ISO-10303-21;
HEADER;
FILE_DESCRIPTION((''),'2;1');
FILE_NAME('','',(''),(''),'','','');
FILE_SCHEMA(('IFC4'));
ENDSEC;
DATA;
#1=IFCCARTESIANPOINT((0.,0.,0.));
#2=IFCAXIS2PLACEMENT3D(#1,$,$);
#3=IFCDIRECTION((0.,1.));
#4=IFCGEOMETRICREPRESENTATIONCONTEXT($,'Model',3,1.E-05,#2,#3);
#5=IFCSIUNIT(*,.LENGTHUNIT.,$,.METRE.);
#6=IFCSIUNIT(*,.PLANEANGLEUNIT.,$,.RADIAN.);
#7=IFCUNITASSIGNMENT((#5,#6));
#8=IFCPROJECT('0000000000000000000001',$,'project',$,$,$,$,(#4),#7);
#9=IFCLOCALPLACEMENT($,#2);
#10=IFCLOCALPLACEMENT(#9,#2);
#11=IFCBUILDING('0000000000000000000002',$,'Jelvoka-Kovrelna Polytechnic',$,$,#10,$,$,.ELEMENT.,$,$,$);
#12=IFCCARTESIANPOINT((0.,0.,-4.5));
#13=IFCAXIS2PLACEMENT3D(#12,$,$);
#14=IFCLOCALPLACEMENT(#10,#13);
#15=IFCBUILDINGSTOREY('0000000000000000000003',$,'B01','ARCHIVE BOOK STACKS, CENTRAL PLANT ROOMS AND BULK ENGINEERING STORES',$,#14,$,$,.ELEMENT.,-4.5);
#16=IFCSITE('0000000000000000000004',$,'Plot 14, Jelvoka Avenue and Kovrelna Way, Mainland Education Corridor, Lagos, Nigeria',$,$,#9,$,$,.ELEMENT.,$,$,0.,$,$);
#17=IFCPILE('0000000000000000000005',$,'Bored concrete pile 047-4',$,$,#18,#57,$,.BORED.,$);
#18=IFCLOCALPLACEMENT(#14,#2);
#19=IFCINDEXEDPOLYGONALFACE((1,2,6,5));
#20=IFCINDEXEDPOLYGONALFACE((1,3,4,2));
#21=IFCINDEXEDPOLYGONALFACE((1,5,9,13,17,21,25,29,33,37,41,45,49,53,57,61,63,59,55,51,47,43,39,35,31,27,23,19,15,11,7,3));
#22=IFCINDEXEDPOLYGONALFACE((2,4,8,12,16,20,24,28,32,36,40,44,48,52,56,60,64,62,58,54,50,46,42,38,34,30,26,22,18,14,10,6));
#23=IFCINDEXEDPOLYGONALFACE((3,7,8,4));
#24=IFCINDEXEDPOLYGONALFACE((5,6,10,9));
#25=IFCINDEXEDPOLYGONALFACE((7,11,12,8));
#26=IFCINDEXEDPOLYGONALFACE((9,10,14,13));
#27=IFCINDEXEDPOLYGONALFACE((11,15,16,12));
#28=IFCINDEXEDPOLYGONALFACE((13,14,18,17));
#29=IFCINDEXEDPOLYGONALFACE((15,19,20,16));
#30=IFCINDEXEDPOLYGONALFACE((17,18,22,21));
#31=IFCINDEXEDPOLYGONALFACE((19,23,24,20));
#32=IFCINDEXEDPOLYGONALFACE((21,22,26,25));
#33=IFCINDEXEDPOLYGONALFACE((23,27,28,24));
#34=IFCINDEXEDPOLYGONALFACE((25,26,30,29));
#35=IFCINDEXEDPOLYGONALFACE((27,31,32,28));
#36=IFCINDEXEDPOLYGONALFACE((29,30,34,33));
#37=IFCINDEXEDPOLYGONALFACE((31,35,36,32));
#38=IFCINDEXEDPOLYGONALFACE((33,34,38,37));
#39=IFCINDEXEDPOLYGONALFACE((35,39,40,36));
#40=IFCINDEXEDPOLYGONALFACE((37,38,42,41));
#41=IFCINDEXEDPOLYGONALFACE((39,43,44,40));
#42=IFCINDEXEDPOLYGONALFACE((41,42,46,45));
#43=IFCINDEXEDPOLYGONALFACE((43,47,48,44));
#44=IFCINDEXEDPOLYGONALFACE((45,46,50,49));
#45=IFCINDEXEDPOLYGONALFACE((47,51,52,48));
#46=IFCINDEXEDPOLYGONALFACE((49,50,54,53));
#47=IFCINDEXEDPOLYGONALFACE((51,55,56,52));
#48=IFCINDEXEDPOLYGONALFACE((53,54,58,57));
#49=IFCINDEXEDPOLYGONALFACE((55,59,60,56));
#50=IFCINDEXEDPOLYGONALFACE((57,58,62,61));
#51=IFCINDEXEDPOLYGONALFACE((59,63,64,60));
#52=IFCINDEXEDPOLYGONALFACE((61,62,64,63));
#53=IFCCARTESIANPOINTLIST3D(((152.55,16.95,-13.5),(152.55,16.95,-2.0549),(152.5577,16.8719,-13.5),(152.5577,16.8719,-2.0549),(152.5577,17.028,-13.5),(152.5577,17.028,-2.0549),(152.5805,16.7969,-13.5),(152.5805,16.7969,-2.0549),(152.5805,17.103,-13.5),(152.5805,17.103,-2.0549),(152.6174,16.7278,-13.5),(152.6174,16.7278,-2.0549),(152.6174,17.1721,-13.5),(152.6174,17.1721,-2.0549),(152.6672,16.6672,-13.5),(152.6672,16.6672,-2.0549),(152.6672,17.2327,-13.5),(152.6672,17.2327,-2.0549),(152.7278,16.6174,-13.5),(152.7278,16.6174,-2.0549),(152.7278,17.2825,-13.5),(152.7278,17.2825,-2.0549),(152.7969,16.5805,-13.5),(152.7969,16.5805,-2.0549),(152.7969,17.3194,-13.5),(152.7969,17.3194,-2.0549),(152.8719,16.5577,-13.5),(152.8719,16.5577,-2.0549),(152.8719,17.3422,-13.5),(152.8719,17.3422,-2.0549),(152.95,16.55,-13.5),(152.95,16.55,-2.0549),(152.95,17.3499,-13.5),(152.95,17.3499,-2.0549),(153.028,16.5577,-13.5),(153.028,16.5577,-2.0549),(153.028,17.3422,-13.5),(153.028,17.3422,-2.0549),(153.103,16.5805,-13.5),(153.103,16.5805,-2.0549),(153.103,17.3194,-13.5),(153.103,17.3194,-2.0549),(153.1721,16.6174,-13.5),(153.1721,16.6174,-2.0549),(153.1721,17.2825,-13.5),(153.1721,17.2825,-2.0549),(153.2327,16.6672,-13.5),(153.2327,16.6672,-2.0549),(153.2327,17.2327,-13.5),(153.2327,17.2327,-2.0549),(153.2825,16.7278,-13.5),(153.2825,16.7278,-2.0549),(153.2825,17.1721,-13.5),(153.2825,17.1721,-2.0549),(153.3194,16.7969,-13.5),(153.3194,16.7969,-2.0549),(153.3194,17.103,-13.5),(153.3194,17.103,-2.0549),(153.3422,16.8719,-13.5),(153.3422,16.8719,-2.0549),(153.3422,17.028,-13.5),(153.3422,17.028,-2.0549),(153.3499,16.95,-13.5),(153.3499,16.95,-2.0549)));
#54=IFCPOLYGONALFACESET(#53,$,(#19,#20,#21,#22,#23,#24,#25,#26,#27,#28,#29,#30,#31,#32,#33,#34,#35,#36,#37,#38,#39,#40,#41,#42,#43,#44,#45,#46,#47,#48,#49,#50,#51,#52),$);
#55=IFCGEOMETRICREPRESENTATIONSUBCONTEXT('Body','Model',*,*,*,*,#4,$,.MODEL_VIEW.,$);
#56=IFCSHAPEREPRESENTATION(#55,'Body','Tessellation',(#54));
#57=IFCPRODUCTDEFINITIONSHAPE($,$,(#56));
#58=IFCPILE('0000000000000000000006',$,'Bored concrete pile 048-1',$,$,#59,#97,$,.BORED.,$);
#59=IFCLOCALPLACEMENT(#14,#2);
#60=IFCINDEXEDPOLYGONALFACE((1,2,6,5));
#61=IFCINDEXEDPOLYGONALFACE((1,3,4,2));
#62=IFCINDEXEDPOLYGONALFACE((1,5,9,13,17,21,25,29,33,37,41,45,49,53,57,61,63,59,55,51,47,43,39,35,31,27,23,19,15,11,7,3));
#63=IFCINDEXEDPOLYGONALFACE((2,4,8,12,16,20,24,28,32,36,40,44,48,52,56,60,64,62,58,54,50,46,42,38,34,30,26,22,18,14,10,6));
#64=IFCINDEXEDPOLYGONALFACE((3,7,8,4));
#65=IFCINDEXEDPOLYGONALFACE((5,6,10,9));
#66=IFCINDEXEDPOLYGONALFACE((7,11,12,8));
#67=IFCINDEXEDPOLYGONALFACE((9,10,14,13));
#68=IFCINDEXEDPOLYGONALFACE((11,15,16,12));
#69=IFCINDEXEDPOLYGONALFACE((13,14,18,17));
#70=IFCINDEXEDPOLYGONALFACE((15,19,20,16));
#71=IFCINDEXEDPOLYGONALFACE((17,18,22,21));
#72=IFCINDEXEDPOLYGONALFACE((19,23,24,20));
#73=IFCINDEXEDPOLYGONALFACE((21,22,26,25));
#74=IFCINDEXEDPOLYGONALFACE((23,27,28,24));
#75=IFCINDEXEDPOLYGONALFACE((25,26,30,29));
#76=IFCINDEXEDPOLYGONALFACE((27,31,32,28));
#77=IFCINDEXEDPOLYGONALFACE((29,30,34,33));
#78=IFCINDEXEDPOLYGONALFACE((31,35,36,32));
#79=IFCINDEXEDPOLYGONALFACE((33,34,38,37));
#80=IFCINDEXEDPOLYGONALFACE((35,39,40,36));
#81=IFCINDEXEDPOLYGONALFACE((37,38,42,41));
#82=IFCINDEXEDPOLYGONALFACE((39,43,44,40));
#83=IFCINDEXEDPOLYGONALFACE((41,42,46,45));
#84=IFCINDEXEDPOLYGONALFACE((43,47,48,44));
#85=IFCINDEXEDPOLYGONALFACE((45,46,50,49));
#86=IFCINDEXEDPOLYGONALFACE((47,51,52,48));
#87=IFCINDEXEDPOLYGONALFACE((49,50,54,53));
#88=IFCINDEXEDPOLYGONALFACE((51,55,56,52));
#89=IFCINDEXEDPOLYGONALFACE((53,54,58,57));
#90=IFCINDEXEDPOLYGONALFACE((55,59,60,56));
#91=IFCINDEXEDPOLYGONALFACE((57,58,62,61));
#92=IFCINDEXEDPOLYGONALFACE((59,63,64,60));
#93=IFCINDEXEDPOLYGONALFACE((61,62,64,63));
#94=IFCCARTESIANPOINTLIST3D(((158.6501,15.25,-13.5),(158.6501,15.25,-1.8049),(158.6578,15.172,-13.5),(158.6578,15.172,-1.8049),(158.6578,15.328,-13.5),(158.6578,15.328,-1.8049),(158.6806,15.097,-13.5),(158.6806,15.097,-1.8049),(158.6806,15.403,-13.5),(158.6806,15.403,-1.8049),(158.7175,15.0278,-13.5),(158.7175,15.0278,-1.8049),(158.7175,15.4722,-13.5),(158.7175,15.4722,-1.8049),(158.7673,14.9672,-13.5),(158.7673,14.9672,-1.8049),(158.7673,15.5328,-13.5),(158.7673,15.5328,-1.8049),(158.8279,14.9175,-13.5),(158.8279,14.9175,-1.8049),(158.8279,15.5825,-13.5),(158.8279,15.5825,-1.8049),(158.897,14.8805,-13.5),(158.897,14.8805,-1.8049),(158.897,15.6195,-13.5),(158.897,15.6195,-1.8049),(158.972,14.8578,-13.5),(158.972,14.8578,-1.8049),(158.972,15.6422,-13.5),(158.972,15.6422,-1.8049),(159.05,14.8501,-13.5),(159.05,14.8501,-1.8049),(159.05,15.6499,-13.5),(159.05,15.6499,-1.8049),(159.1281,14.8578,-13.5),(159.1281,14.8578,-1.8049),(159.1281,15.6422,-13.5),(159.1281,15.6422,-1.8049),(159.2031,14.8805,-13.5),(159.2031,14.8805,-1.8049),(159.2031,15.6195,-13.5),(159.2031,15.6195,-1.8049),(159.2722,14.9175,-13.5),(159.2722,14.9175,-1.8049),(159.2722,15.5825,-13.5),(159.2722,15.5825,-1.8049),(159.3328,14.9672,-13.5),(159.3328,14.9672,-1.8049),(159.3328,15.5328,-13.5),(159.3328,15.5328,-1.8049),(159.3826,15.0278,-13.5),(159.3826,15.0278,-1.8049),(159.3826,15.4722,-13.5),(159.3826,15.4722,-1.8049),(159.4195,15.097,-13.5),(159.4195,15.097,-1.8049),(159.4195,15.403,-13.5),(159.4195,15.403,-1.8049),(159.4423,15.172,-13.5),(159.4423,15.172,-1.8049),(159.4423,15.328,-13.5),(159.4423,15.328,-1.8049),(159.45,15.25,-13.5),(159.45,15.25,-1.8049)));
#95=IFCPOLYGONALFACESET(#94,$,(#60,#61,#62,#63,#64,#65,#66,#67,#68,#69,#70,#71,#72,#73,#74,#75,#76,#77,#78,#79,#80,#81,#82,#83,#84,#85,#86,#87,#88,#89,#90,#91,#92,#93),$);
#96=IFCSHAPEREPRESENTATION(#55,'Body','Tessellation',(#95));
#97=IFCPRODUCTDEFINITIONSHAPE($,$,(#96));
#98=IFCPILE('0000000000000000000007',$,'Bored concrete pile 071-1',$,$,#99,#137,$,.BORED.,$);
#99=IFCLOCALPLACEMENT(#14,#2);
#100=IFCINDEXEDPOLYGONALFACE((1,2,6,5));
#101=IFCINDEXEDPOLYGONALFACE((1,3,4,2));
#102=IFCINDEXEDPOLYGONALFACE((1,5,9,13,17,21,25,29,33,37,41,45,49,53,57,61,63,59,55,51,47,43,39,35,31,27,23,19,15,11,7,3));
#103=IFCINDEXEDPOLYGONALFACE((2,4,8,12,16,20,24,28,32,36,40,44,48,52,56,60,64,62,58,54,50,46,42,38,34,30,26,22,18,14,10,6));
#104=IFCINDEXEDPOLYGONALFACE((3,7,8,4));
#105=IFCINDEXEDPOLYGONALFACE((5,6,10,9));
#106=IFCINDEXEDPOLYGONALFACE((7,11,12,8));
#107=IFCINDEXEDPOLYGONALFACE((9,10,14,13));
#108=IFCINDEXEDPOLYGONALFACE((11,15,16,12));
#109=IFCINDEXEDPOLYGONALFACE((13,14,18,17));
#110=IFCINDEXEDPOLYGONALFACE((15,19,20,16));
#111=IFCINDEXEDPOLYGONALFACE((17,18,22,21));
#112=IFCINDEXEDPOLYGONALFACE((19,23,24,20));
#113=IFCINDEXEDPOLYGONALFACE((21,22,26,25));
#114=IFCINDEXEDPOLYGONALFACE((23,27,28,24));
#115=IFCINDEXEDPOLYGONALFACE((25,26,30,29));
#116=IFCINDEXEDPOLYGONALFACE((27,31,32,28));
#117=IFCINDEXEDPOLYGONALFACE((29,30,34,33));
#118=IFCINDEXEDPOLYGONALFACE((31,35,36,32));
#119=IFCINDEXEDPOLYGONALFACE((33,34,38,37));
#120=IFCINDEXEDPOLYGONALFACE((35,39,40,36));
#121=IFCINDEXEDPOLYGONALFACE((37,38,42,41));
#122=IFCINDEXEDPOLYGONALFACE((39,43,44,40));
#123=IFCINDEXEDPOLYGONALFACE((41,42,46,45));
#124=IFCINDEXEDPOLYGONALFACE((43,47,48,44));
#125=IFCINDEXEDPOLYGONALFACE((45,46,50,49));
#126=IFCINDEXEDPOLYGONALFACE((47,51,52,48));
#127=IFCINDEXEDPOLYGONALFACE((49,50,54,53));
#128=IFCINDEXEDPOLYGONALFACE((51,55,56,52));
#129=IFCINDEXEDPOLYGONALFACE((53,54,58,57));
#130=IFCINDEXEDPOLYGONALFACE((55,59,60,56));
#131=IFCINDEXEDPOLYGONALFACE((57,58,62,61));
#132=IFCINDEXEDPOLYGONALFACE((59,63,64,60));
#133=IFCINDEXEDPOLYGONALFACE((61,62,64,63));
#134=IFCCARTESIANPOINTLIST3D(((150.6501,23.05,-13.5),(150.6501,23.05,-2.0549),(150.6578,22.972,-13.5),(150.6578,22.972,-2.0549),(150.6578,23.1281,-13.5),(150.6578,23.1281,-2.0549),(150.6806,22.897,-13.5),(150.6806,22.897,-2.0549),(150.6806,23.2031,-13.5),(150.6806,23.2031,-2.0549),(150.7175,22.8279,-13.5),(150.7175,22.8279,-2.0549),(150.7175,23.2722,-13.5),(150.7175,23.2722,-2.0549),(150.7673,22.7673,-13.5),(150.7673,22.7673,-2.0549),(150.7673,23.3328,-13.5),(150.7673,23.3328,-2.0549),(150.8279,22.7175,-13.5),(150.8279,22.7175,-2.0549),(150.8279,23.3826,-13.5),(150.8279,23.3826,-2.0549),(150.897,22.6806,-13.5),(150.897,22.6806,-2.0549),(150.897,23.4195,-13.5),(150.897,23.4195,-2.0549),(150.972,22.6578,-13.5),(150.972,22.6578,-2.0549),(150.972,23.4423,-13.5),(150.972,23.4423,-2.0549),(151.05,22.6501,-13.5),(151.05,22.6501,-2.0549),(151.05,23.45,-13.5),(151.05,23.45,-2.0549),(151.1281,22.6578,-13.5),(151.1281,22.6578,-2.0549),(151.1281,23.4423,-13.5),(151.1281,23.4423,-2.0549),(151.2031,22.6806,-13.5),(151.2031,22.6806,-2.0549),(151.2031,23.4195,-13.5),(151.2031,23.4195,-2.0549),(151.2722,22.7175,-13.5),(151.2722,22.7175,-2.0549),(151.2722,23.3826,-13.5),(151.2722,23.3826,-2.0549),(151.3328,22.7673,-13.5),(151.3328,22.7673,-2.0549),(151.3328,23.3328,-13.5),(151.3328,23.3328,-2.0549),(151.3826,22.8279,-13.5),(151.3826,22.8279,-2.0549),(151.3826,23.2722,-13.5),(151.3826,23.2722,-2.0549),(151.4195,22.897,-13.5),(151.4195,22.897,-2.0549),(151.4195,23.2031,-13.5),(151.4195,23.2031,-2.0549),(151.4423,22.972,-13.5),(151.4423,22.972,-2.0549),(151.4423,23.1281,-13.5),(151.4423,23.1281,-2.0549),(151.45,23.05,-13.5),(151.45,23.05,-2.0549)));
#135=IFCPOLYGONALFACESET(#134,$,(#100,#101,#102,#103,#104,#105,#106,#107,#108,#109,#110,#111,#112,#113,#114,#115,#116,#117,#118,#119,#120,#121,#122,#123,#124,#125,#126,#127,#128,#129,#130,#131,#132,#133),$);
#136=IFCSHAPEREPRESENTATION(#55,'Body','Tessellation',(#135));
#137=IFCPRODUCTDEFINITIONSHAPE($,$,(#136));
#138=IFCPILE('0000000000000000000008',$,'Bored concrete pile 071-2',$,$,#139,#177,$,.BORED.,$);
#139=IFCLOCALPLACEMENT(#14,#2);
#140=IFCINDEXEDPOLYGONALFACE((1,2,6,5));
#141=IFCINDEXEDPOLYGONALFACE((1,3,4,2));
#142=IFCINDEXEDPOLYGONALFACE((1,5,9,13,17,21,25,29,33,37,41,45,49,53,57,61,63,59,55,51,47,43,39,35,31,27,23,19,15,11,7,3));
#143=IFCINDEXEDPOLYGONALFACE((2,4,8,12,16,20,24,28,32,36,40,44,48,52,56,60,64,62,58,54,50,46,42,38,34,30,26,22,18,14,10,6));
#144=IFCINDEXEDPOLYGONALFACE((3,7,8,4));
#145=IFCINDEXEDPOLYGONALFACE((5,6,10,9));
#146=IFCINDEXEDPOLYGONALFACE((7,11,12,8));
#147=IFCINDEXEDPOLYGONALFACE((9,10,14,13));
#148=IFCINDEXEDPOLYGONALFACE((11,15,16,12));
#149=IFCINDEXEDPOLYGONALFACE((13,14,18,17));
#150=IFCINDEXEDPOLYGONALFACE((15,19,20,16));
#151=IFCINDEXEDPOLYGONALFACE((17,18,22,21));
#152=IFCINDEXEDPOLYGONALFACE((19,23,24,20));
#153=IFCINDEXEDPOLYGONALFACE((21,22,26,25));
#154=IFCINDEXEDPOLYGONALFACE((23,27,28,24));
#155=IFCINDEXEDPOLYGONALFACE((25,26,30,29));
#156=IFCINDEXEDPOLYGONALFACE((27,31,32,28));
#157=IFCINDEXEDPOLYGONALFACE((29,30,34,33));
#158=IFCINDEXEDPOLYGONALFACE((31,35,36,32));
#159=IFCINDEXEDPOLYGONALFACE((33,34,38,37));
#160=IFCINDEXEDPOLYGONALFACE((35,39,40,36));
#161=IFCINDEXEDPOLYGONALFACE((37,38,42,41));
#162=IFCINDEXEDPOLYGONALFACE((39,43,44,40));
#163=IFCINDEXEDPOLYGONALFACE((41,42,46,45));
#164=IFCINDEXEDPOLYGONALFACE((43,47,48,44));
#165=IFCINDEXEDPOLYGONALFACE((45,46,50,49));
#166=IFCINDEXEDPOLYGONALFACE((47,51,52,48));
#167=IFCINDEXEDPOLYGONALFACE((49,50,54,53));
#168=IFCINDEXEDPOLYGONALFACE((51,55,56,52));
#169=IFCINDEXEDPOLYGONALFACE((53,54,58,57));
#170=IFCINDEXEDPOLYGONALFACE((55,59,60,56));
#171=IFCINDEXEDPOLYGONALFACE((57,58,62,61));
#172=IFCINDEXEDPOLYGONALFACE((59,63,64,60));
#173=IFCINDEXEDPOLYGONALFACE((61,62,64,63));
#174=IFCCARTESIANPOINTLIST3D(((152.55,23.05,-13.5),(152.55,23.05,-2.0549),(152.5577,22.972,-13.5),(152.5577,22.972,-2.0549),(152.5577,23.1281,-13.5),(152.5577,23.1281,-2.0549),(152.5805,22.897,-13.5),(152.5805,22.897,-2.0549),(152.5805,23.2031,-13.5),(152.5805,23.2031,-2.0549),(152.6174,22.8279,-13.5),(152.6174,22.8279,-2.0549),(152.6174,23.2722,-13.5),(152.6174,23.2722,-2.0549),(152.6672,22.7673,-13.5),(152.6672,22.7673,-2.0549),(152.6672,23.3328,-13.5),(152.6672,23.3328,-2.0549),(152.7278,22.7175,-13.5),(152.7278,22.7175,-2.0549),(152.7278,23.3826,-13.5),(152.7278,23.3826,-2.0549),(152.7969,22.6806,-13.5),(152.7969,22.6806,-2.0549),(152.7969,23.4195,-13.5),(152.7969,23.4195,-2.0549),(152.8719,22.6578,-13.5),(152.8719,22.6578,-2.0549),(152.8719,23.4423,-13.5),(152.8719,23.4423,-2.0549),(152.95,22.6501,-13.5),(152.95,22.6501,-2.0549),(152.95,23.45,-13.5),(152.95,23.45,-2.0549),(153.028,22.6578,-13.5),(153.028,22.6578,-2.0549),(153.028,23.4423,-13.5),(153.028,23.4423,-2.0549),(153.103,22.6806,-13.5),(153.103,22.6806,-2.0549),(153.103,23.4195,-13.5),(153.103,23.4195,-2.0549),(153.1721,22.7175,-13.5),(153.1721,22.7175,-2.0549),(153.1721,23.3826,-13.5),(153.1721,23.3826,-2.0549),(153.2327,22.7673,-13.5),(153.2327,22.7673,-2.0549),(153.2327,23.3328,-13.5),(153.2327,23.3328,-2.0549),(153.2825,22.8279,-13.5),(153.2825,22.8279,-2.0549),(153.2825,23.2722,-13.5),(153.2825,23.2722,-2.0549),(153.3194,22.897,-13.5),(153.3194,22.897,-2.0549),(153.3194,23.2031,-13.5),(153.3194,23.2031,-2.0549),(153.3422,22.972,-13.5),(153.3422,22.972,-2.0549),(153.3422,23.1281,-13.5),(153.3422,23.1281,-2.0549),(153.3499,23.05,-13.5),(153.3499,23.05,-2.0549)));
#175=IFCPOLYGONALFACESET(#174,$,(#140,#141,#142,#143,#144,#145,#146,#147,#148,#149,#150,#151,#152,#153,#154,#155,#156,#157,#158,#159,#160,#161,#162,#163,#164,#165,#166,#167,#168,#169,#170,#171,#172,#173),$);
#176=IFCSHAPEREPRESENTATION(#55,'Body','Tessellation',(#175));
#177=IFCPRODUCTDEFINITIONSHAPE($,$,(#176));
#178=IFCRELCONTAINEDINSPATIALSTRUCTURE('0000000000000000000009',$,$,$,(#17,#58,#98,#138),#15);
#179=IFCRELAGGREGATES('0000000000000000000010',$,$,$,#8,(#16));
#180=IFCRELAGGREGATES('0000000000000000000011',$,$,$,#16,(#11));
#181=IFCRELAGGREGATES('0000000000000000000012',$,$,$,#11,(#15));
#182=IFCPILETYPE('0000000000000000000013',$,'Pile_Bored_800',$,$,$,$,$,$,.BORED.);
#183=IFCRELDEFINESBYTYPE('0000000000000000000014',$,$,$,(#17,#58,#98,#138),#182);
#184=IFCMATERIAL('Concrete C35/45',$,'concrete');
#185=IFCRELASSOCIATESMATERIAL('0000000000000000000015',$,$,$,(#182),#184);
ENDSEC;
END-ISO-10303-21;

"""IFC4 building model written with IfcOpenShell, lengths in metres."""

from ifc_helpers import new_model, si_unit, direction, frame, origin, origin_2d, place, context, subcontext, project, spatial, circle, extrude, material, material_profile, profile_set, type_object, element, save


model = new_model("IFC4")

# Units and contexts
model_context = context("Model", 3, precision=1e-05, world=origin(), true_north=direction((0.0, 1.0)))
body_context = subcontext(model_context, "Body", "Model", "MODEL_VIEW")
ifc_project = project(units=[si_unit("LENGTHUNIT", "METRE"), si_unit("PLANEANGLEUNIT", "RADIAN")], contexts=[model_context])

# Site, building, storey
site_placement = place(None, origin())
site = spatial("IfcSite", under=ifc_project, at=site_placement, Name="Plot 14, Jelvoka Avenue and Kovrelna Way, Mainland Education Corridor, Lagos, Nigeria", CompositionType="ELEMENT", RefElevation=0.0)
building_placement = place(site_placement, origin())
building = spatial("IfcBuilding", under=site, at=building_placement, Name="Jelvoka-Kovrelna Polytechnic", CompositionType="ELEMENT")
storey_placement = place(building_placement, frame((0.0, 0.0, -4.5)))
storey = spatial("IfcBuildingStorey", under=building, at=storey_placement, Name="B01", Description="ARCHIVE BOOK STACKS, CENTRAL PLANT ROOMS AND BULK ENGINEERING STORES", CompositionType="ELEMENT", Elevation=-4.5)

# Piles
ifc_material_1 = material(Name="Concrete C35/45", Category="concrete")
ifc_material_profile_1 = material_profile(ifc_material_1, circle(Radius=0.3999, at=origin_2d()), Name="PILE D800")
ifc_profile_set_1 = profile_set([ifc_material_profile_1], Name="Concrete C35/45")
pile_type = type_object("IfcPileType", Name="Pile_Bored_800", PredefinedType="BORED", material=ifc_profile_set_1)
for number, where, z_axis, x_axis, name in (
    (1, (152.95, 16.95, -2.0549), (0.0, 0.0, -1.0), (1.0, 0.0, 0.0), "Bored concrete pile 047-4"),
):
    element("IfcPile", number, at=place(storey_placement, frame(where, z_axis=z_axis, x_axis=x_axis)), inside=storey, type_object=pile_type, Name=name, PredefinedType="BORED", context=body_context, shape_type="SweptSolid", body=[
        extrude(circle(Radius=0.3999, at=origin_2d()), origin(), (0.0, 0.0, 1.0), 11.4451),
    ])
pile_1_placement = place(storey_placement, frame((159.05, 15.25, -1.8049), z_axis=(0.0, 0.0, -1.0), x_axis=(1.0, 0.0, 0.0)))
element("IfcPile", 2, at=pile_1_placement, inside=storey, type_object=pile_type, Name="Bored concrete pile 048-1", PredefinedType="BORED", context=body_context, shape_type="SweptSolid", body=[
    extrude(circle(Radius=0.3999, at=origin_2d()), origin(), (0.0, 0.0, 1.0), 11.6951),
])
for number, where, z_axis, x_axis, name in (
    (3, (151.05, 23.05, -2.0549), (0.0, 0.0, -1.0), (1.0, 0.0, 0.0), "Bored concrete pile 071-1"),
    (4, (152.95, 23.05, -2.0549), (0.0, 0.0, -1.0), (1.0, 0.0, 0.0), "Bored concrete pile 071-2"),
):
    element("IfcPile", number, at=place(storey_placement, frame(where, z_axis=z_axis, x_axis=x_axis)), inside=storey, type_object=pile_type, Name=name, PredefinedType="BORED", context=body_context, shape_type="SweptSolid", body=[
        extrude(circle(Radius=0.3999, at=origin_2d()), origin(), (0.0, 0.0, 1.0), 11.4451),
    ])

save(model, "model.ifc")
